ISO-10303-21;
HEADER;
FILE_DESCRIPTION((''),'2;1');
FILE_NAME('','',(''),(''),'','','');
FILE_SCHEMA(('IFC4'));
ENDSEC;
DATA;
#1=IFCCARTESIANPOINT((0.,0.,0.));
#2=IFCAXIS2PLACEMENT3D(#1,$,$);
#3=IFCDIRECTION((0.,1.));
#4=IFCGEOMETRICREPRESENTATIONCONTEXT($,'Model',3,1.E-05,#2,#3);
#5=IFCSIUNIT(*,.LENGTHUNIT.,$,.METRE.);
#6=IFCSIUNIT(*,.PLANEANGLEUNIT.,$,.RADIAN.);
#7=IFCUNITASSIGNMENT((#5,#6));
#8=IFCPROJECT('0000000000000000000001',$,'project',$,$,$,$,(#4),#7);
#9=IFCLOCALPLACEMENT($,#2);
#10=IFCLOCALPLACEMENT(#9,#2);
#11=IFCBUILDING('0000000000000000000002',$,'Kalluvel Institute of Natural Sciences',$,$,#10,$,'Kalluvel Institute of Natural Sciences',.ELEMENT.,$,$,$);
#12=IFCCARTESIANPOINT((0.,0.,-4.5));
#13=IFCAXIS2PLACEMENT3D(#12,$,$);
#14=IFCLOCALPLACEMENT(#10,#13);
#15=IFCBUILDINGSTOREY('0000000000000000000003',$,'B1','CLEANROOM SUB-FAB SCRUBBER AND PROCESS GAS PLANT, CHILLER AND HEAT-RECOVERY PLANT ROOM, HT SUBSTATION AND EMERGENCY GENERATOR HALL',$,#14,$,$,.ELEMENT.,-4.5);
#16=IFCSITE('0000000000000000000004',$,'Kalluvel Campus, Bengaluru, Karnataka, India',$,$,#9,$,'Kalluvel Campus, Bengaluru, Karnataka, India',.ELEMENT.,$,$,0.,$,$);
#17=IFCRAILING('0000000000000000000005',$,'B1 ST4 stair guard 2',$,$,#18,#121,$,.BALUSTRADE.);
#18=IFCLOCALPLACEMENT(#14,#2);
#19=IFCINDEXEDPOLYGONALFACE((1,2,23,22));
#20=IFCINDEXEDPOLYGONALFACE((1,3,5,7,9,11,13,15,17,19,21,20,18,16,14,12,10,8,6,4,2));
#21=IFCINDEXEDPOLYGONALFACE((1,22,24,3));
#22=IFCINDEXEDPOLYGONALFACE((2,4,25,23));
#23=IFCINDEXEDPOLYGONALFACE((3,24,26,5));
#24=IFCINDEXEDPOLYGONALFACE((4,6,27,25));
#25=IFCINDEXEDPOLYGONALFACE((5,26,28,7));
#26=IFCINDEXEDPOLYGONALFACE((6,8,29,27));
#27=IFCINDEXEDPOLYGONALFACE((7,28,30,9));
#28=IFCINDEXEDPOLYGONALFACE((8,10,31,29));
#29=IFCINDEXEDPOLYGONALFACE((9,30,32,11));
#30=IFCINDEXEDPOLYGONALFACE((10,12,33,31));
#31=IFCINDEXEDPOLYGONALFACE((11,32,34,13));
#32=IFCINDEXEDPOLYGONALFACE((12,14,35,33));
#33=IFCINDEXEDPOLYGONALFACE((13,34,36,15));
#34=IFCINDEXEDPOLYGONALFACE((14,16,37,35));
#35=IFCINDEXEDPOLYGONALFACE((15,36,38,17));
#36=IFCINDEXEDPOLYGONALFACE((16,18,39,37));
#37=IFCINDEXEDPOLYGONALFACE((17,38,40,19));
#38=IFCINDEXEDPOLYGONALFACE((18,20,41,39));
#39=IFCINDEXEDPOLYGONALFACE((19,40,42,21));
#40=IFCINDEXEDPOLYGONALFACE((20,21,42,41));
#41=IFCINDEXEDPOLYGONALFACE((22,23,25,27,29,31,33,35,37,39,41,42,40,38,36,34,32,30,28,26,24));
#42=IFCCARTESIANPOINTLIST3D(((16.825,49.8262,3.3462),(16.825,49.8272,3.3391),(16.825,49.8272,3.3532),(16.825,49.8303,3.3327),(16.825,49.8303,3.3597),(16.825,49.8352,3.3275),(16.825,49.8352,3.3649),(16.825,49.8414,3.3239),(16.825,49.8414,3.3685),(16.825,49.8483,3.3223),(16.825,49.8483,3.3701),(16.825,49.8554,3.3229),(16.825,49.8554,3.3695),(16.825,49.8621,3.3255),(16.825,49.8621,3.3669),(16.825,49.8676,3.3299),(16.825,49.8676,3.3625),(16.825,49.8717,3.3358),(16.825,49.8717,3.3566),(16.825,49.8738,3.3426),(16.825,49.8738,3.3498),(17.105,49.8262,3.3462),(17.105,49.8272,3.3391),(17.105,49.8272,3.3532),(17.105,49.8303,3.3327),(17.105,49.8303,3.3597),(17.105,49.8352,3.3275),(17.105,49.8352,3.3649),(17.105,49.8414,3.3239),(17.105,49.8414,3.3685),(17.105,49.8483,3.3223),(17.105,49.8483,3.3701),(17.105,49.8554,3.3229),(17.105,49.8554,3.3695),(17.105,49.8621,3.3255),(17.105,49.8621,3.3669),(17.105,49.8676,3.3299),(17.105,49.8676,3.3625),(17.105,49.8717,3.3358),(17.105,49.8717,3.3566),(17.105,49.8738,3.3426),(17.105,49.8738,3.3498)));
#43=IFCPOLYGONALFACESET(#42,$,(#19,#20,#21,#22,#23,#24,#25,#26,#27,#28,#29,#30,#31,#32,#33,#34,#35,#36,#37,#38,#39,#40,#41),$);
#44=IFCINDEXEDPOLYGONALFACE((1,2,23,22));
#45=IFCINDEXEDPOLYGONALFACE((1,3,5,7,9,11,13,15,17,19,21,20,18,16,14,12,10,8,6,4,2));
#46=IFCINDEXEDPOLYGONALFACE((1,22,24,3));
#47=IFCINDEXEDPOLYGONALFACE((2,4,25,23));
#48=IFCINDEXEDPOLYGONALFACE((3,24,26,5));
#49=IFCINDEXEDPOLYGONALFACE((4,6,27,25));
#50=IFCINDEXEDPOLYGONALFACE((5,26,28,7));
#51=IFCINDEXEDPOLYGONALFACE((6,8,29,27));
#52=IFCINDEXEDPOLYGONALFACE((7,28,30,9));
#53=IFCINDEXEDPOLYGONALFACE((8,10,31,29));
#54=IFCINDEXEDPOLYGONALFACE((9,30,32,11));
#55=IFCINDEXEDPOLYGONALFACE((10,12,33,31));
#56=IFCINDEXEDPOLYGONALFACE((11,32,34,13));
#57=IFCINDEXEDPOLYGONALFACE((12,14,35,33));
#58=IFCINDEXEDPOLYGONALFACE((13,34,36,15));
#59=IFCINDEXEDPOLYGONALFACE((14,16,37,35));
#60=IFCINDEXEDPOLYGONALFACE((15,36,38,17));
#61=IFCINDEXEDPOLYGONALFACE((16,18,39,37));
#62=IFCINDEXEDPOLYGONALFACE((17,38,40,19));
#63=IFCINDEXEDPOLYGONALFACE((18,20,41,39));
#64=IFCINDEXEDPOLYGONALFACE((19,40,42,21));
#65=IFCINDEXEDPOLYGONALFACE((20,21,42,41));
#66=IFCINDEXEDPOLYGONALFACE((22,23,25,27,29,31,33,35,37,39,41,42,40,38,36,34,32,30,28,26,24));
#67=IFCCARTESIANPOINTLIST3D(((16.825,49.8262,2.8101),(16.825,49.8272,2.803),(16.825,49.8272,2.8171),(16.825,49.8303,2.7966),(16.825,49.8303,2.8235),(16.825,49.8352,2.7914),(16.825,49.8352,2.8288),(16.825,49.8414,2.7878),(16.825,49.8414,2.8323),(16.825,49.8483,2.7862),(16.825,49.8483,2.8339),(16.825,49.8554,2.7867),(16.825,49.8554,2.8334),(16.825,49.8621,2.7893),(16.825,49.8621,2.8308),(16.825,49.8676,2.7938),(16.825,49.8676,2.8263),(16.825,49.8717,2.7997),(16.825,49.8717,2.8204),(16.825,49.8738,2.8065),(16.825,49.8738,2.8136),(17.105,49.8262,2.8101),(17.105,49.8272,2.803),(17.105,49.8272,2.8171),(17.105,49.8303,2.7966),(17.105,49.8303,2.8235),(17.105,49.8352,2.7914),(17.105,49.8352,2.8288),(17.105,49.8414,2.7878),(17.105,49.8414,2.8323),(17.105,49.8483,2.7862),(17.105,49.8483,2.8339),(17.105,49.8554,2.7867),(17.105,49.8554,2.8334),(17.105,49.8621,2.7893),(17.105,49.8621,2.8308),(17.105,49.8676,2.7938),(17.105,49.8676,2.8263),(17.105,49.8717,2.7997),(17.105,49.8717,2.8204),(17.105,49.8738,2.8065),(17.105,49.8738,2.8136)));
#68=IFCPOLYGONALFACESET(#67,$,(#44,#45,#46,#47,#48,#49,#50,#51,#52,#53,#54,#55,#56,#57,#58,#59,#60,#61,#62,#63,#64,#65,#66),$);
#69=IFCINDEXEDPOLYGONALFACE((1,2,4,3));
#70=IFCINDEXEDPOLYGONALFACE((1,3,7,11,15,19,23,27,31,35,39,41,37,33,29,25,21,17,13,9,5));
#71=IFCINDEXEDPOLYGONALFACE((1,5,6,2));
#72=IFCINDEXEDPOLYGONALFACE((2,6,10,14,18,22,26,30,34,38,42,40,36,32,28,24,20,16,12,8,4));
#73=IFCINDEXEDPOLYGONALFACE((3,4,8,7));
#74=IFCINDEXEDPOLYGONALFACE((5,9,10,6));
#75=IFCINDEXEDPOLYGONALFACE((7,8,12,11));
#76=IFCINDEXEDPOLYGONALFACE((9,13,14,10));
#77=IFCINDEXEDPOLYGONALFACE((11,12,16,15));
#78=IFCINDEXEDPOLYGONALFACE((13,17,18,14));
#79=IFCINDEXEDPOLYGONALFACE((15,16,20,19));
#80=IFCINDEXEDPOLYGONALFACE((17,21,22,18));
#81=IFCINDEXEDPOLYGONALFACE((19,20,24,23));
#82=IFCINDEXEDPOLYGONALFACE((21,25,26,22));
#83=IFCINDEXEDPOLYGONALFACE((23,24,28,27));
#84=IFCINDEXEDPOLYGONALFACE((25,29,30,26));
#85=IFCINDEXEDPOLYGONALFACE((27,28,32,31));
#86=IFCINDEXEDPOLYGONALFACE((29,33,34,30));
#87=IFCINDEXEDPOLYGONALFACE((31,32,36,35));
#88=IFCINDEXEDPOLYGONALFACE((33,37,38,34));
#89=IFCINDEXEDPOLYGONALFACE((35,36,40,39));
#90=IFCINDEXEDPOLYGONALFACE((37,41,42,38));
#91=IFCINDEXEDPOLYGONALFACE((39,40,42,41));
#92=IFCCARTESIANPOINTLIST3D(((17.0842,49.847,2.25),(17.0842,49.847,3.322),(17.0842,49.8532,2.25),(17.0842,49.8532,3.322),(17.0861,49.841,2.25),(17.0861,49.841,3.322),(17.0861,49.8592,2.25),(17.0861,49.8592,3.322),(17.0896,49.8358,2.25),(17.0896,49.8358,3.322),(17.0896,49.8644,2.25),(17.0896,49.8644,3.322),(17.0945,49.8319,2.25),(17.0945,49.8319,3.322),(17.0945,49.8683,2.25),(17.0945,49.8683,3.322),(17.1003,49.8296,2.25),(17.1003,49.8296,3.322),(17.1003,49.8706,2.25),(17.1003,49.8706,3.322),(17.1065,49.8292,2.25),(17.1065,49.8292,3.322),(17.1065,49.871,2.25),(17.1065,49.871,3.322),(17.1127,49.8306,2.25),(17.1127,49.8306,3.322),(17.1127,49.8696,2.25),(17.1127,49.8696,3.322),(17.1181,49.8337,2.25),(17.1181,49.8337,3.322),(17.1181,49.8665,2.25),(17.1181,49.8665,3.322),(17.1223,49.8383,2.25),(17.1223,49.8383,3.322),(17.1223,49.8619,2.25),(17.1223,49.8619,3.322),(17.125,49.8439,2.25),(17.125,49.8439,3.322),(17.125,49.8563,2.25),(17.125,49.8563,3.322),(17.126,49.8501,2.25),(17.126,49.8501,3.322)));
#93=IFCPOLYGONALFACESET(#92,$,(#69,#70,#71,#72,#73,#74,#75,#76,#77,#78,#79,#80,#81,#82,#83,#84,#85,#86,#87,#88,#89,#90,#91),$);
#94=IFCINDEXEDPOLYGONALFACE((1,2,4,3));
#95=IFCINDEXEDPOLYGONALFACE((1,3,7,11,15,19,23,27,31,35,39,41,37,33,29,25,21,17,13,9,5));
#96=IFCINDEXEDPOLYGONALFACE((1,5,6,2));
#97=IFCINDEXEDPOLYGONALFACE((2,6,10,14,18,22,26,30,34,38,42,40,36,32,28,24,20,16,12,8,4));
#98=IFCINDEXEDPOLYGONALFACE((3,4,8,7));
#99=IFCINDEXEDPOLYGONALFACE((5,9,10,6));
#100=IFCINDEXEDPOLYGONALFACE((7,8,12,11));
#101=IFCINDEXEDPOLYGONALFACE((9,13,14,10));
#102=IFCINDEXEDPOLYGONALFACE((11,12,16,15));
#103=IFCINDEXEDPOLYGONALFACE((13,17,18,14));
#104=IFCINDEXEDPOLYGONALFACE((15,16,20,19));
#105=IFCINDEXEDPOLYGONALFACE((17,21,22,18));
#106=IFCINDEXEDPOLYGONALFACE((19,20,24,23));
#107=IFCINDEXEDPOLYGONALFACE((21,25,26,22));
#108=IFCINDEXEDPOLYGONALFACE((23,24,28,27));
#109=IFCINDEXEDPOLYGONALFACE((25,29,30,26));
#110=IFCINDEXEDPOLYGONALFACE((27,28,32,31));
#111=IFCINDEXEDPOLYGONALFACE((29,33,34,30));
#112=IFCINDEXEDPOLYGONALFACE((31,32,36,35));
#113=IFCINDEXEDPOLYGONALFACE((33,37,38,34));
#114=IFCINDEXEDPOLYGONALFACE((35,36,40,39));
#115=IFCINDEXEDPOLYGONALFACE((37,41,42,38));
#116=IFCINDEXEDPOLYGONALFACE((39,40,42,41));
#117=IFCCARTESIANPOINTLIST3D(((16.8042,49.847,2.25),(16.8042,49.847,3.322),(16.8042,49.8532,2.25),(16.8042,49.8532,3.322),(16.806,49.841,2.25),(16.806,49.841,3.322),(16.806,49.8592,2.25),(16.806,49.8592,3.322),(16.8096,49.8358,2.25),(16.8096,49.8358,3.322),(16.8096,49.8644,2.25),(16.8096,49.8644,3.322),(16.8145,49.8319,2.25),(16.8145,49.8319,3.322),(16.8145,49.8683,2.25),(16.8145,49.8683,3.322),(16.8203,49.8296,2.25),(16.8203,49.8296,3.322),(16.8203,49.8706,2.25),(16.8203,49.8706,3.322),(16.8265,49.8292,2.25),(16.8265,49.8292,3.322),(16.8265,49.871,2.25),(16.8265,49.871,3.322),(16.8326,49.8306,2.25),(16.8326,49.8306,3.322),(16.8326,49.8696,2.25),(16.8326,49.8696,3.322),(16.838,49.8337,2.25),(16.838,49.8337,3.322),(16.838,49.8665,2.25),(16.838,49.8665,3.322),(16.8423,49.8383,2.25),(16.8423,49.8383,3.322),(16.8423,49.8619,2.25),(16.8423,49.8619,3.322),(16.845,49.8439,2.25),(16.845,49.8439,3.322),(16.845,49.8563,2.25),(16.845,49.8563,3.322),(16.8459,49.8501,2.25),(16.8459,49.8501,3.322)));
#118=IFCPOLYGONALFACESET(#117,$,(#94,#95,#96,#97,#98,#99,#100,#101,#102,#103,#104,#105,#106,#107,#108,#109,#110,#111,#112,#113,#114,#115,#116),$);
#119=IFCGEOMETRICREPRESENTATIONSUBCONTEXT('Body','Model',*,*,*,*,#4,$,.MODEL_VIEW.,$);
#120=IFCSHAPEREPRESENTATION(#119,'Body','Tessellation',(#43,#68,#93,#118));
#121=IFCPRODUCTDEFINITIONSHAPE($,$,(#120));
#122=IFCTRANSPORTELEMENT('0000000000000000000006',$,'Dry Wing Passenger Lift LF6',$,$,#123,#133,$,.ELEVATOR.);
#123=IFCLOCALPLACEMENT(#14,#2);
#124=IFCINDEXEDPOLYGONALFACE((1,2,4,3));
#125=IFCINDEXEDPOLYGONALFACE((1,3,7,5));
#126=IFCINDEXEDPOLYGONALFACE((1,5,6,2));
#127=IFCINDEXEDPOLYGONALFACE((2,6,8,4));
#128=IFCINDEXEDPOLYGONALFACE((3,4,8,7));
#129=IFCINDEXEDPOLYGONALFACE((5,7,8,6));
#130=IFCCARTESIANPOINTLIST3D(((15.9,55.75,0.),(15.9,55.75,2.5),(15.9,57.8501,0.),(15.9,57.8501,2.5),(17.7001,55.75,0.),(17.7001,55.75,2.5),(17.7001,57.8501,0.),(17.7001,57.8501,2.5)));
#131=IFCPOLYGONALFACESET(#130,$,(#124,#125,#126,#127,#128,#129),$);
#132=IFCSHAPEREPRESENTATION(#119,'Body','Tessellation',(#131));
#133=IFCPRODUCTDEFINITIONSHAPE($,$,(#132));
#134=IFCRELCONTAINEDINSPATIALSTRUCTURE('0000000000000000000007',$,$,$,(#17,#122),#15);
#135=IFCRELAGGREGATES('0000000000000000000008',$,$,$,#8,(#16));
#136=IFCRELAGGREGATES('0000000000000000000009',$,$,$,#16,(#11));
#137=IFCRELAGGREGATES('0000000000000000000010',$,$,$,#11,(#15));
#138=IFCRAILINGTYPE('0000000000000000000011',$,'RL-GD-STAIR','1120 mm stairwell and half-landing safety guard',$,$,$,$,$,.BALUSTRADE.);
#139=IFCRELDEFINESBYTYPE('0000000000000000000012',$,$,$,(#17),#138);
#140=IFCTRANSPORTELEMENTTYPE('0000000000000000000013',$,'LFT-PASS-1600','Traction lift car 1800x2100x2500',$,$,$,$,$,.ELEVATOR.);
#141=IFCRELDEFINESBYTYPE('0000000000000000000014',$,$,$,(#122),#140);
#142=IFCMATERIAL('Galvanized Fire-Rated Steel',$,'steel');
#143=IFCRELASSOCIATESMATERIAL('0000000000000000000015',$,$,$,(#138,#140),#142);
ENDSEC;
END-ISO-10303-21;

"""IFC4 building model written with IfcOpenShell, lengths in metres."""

from ifc_helpers import new_model, si_unit, direction, frame, origin, origin_2d, place, context, subcontext, project, spatial, rectangle, circle, extrude, material, type_object, element, save


model = new_model("IFC4")

# Units and contexts
model_context = context("Model", 3, precision=1e-05, world=origin(), true_north=direction((0.0, 1.0)))
body_context = subcontext(model_context, "Body", "Model", "MODEL_VIEW")
ifc_project = project(units=[si_unit("LENGTHUNIT", "METRE"), si_unit("PLANEANGLEUNIT", "RADIAN")], contexts=[model_context])

# Site, building, storey
site_placement = place(None, origin())
site = spatial("IfcSite", under=ifc_project, at=site_placement, Name="Kalluvel Campus, Bengaluru, Karnataka, India", LongName="Kalluvel Campus, Bengaluru, Karnataka, India", CompositionType="ELEMENT", RefElevation=0.0)
building_placement = place(site_placement, origin())
building = spatial("IfcBuilding", under=site, at=building_placement, Name="Kalluvel Institute of Natural Sciences", LongName="Kalluvel Institute of Natural Sciences", CompositionType="ELEMENT")
storey_placement = place(building_placement, frame((0.0, 0.0, -4.5)))
storey = spatial("IfcBuildingStorey", under=building, at=storey_placement, Name="B1", Description="CLEANROOM SUB-FAB SCRUBBER AND PROCESS GAS PLANT, CHILLER AND HEAT-RECOVERY PLANT ROOM, HT SUBSTATION AND EMERGENCY GENERATOR HALL", CompositionType="ELEMENT", Elevation=-4.5)

# Shared definitions
ifc_material_1 = material(Name="Galvanized Fire-Rated Steel", Category="steel")

# Railing
railing_type = type_object("IfcRailingType", Name="RL-GD-STAIR", Description="1120 mm stairwell and half-landing safety guard", PredefinedType="BALUSTRADE", material=ifc_material_1)
railing_placement = place(storey_placement, frame((17.105, 49.8501, 2.25)))
element("IfcRailing", 1, at=railing_placement, inside=storey, type_object=railing_type, Name="B1 ST4 stair guard 2", PredefinedType="BALUSTRADE", context=body_context, shape_type="SweptSolid", body=[
    extrude(circle(Radius=0.0239, at=origin_2d()), frame((0.0, 0.0, 1.0962), z_axis=(-1.0, 0.0, 0.0), x_axis=(0.0, -1.0, 0.0)), (0.0, 0.0, 1.0), 0.28),
    extrude(circle(Radius=0.0239, at=origin_2d()), frame((0.0, 0.0, 0.5601), z_axis=(-1.0, 0.0, 0.0), x_axis=(0.0, -1.0, 0.0)), (0.0, 0.0, 1.0), 0.28),
    extrude(circle(Radius=0.021, at=origin_2d()), origin(), (0.0, 0.0, 1.0), 1.072),
    extrude(circle(Radius=0.021, at=origin_2d()), frame((-0.28, 0.0, 0.0)), (0.0, 0.0, 1.0), 1.072),
])

# Transport element
transport_element_type = type_object("IfcTransportElementType", Name="LFT-PASS-1600", Description="Traction lift car 1800x2100x2500", PredefinedType="ELEVATOR", material=ifc_material_1)
transport_element_placement = place(storey_placement, frame((16.8, 56.8, 0.0), z_axis=(0.0, 0.0, 1.0), x_axis=(1.0, 0.0, 0.0)))
element("IfcTransportElement", 2, at=transport_element_placement, inside=storey, type_object=transport_element_type, Name="Dry Wing Passenger Lift LF6", PredefinedType="ELEVATOR", context=body_context, shape_type="SweptSolid", body=[
    extrude(rectangle(XDim=1.8, YDim=2.1001, at=origin_2d()), origin(), (0.0, 0.0, 1.0), 2.5),
])

save(model, "model.ifc")
